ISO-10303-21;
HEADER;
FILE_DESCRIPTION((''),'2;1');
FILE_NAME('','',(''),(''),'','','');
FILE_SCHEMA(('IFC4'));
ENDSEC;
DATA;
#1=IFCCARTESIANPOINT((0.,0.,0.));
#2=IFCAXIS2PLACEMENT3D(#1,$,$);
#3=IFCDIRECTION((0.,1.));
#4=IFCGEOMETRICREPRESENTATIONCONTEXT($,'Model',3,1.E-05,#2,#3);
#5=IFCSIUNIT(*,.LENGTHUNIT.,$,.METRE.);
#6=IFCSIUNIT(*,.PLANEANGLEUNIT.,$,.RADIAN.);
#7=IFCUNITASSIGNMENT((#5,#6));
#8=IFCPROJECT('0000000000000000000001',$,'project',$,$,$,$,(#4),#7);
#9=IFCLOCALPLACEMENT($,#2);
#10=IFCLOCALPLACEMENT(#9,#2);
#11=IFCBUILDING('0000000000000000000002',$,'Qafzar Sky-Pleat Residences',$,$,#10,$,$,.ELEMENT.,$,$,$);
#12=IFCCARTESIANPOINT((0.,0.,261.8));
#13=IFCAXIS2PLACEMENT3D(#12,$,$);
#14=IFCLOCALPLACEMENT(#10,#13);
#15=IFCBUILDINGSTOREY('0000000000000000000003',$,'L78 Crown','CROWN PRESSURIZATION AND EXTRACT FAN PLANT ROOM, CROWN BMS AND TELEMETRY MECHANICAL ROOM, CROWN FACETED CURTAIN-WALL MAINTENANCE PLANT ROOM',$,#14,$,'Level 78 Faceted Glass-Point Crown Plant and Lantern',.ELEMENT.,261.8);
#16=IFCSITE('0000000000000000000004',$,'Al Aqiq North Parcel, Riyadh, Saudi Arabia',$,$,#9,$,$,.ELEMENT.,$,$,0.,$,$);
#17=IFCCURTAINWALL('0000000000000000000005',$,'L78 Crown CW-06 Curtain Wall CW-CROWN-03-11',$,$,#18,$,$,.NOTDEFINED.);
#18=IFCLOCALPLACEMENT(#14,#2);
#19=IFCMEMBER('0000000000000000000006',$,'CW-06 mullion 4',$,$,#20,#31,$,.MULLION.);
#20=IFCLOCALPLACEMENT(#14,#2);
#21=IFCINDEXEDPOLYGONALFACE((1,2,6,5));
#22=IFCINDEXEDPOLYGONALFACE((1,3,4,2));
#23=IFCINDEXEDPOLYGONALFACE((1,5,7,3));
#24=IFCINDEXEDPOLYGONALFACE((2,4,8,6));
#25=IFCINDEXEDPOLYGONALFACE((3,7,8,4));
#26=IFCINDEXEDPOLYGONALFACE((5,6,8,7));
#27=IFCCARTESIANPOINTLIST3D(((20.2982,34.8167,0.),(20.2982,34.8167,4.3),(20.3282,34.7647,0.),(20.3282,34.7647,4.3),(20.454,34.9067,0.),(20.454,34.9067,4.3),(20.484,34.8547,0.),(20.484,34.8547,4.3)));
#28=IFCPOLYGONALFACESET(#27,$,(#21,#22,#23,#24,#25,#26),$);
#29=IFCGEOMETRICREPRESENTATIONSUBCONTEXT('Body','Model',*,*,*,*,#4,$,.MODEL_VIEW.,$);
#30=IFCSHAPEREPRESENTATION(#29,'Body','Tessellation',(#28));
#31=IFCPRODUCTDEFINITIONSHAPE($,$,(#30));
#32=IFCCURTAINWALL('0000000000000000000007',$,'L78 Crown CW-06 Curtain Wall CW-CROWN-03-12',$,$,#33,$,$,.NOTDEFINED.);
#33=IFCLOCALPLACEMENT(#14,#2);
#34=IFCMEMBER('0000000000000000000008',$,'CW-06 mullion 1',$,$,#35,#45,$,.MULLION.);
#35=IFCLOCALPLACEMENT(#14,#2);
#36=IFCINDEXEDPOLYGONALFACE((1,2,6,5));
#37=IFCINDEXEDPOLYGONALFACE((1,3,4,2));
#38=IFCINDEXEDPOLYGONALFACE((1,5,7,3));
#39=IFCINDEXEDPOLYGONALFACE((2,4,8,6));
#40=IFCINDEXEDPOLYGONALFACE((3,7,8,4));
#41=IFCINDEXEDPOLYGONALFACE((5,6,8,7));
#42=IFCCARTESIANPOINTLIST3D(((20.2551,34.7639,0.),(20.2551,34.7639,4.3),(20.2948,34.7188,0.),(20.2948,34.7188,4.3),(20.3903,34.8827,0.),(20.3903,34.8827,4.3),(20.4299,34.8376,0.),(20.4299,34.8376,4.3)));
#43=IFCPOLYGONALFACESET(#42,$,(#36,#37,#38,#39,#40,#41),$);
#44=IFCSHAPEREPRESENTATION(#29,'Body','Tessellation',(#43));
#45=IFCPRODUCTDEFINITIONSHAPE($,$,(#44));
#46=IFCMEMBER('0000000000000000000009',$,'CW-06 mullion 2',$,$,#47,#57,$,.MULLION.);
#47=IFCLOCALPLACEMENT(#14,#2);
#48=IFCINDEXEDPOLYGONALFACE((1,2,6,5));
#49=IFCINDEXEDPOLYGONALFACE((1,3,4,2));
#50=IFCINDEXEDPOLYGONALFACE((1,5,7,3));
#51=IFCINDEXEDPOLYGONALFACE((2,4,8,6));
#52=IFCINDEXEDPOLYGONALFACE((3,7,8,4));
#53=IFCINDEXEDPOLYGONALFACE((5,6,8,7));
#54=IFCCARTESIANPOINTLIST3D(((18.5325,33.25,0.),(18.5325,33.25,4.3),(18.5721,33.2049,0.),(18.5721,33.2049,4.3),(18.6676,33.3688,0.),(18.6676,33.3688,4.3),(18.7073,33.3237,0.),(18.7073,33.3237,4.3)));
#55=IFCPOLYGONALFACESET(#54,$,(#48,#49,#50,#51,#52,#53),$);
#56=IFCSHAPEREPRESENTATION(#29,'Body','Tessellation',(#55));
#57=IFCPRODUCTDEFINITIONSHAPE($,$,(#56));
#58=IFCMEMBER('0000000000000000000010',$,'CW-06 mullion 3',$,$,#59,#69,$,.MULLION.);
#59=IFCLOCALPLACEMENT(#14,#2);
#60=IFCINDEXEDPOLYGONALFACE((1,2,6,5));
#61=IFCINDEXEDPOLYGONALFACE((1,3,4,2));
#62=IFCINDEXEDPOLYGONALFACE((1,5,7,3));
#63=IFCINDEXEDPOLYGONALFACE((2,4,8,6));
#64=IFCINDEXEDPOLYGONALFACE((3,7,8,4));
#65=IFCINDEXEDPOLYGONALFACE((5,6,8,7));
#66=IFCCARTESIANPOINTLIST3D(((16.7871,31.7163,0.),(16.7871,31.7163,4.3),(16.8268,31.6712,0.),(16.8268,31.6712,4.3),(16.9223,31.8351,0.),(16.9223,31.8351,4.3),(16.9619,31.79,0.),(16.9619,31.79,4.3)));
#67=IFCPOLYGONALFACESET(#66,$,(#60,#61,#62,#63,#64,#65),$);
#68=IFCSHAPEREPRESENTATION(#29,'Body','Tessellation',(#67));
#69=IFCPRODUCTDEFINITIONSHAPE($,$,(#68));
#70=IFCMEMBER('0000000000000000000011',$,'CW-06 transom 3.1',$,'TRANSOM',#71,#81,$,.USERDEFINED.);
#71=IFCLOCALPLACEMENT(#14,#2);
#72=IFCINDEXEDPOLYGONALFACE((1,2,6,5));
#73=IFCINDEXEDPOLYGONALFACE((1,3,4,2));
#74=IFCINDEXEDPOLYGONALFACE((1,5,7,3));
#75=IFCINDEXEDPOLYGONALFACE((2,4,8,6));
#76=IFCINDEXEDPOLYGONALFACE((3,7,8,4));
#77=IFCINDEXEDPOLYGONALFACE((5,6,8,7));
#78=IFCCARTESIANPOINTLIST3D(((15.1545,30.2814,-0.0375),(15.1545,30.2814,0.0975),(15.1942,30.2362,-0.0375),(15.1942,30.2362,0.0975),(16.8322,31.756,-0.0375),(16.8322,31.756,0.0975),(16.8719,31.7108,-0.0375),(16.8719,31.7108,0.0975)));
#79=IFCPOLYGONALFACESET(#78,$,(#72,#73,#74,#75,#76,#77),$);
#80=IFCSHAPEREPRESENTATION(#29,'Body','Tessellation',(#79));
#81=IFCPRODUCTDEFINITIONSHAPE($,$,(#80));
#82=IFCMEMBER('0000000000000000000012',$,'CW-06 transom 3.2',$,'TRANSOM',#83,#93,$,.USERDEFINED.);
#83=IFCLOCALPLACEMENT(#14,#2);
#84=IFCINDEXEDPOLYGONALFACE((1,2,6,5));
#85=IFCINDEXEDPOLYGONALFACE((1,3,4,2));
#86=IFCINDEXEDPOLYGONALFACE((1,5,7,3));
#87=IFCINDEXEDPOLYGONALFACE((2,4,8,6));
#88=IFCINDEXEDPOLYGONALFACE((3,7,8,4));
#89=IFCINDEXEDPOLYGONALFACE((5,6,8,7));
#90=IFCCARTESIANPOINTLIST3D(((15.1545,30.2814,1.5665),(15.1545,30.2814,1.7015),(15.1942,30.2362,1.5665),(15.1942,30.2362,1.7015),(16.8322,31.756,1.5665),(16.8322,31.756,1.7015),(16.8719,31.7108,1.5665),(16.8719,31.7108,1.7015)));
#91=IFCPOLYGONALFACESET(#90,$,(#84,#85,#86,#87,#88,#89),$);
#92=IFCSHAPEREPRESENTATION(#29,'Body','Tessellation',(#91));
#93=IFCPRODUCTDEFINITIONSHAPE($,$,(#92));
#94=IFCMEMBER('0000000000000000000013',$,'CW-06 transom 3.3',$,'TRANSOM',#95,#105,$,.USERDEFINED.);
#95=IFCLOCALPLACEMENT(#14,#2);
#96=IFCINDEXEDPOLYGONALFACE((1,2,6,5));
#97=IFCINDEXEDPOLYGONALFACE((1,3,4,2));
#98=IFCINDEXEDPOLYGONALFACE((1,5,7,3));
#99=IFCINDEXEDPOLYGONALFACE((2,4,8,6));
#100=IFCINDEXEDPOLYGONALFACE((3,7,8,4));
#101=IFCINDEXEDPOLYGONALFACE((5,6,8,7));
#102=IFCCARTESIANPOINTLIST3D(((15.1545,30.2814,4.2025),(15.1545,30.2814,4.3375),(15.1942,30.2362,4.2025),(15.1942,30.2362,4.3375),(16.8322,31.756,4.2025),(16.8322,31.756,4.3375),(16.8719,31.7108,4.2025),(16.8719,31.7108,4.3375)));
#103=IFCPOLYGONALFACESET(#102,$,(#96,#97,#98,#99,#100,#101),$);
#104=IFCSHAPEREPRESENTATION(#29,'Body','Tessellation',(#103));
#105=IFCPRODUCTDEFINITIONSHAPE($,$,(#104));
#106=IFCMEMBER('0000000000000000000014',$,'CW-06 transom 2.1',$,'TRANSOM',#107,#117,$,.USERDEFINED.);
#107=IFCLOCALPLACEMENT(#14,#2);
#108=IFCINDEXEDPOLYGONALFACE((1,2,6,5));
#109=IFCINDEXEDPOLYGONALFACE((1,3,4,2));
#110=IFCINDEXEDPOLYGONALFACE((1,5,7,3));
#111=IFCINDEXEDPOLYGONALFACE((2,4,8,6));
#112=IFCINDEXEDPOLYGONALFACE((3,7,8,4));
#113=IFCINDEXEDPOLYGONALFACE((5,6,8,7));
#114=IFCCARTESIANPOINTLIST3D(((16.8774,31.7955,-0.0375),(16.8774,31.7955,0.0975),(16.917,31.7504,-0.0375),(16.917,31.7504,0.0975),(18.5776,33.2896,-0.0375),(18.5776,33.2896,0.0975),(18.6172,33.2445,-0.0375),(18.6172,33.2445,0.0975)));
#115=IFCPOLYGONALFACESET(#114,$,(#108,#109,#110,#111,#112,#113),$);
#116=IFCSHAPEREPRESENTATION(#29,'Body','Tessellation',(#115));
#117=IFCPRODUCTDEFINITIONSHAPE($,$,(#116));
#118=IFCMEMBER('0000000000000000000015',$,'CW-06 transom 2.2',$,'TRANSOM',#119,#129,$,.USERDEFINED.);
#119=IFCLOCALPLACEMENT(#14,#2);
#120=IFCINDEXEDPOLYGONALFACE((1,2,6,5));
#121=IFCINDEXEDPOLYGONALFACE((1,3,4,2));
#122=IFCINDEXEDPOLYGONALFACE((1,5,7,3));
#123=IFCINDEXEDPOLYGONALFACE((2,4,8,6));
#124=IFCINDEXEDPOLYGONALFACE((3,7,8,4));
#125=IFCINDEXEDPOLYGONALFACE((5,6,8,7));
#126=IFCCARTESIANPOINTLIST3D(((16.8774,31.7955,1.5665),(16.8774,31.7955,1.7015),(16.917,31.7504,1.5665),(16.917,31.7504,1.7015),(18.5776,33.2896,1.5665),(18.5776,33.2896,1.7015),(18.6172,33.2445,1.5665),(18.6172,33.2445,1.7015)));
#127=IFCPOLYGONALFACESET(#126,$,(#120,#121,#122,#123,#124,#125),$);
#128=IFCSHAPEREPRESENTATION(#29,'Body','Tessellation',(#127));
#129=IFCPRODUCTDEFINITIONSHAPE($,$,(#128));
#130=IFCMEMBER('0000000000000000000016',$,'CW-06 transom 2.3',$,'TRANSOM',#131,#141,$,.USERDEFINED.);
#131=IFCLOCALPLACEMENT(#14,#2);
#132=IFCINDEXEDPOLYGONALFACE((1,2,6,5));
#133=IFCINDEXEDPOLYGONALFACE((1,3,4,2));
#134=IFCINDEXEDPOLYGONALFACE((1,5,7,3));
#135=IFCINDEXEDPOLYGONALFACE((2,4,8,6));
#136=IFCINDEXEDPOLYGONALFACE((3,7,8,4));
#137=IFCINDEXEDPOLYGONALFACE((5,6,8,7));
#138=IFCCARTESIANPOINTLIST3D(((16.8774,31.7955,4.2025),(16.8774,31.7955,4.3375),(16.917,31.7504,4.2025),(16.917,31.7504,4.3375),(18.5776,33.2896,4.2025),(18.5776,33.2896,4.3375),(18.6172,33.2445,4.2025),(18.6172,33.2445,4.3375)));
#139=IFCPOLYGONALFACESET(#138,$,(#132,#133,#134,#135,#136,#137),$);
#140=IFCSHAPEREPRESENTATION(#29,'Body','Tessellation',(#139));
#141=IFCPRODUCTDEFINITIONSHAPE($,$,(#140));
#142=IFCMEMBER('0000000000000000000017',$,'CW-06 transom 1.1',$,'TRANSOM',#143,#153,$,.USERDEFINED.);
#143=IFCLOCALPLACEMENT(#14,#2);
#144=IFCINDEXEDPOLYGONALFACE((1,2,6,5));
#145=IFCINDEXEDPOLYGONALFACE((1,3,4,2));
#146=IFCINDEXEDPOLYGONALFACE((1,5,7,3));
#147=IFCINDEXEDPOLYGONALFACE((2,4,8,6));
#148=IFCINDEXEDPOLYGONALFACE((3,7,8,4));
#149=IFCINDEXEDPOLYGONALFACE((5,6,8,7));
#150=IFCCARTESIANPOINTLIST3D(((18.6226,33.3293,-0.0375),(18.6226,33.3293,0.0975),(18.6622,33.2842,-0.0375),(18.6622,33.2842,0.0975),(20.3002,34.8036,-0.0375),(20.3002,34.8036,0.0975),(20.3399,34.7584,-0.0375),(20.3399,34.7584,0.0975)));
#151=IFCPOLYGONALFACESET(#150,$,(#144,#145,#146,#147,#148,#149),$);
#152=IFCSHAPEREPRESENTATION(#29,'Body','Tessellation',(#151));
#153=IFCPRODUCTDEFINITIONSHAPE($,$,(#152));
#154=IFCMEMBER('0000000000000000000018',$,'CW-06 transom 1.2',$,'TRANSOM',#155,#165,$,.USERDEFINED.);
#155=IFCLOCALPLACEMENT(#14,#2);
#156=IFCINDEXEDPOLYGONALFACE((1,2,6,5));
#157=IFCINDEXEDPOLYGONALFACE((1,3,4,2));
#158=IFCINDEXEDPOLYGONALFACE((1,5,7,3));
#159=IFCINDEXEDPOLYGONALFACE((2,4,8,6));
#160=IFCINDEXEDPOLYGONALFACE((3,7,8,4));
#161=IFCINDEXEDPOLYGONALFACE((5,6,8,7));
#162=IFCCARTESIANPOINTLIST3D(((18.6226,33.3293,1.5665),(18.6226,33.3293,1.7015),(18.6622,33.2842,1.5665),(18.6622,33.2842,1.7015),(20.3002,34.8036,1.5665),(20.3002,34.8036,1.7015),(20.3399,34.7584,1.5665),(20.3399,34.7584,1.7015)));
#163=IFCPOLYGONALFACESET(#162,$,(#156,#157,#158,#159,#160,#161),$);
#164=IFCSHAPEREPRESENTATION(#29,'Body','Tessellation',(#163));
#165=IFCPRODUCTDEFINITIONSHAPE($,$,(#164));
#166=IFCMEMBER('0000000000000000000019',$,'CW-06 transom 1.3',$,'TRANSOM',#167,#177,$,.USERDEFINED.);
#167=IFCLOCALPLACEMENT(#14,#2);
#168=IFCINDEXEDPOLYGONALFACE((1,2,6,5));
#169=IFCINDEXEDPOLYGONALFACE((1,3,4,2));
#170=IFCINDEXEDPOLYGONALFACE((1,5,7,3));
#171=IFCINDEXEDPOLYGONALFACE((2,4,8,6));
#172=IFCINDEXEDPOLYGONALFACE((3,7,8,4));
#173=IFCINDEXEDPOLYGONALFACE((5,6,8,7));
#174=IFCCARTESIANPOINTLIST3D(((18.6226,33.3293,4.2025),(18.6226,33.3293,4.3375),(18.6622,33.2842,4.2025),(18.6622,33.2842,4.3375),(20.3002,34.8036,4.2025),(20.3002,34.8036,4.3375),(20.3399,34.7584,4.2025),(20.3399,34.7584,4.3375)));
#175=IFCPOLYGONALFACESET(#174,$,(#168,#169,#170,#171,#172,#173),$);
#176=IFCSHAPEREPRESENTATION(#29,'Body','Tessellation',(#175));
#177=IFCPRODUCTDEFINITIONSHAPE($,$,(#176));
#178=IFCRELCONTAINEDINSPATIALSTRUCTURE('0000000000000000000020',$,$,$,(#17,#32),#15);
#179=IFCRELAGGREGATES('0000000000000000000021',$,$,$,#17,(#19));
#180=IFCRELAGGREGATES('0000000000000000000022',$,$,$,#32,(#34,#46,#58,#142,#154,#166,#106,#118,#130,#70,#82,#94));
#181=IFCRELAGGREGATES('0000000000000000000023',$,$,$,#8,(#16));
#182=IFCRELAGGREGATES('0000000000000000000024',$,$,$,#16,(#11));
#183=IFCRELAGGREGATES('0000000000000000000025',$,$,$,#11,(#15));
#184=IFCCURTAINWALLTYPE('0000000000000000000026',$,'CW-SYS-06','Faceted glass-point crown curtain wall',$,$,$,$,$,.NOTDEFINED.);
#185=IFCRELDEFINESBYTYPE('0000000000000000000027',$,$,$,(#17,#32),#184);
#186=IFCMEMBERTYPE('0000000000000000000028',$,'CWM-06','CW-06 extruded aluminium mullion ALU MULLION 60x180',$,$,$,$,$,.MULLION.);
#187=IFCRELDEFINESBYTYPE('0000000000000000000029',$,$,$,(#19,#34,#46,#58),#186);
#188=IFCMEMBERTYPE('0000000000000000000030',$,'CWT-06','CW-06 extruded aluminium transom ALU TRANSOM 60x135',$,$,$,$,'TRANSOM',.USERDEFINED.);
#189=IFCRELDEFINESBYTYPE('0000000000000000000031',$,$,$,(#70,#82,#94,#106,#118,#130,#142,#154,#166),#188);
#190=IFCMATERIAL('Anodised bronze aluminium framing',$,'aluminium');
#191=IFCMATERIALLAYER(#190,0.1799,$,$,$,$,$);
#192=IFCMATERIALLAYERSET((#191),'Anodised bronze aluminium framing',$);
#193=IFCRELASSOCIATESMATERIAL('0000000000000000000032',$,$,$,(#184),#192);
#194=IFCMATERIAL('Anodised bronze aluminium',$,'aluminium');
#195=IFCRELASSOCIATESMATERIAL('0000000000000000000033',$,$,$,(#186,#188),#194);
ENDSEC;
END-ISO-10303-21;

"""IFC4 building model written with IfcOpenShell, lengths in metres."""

from ifc_helpers import new_model, si_unit, direction, frame, origin, origin_2d, place, context, subcontext, project, spatial, rectangle, extrude, source, transform, mapped, material, layer, layer_set, material_profile, profile_set, type_object, element, aggregate, save


model = new_model("IFC4")

# Units and contexts
model_context = context("Model", 3, precision=1e-05, world=origin(), true_north=direction((0.0, 1.0)))
body_context = subcontext(model_context, "Body", "Model", "MODEL_VIEW")
ifc_project = project(units=[si_unit("LENGTHUNIT", "METRE"), si_unit("PLANEANGLEUNIT", "RADIAN")], contexts=[model_context])

# Site, building, storey
site_placement = place(None, origin())
site = spatial("IfcSite", under=ifc_project, at=site_placement, Name="Al Aqiq North Parcel, Riyadh, Saudi Arabia", CompositionType="ELEMENT", RefElevation=0.0)
building_placement = place(site_placement, origin())
building = spatial("IfcBuilding", under=site, at=building_placement, Name="Qafzar Sky-Pleat Residences", CompositionType="ELEMENT")
storey_placement = place(building_placement, frame((0.0, 0.0, 261.8)))
storey = spatial("IfcBuildingStorey", under=building, at=storey_placement, Name="L78 Crown", Description="CROWN PRESSURIZATION AND EXTRACT FAN PLANT ROOM, CROWN BMS AND TELEMETRY MECHANICAL ROOM, CROWN FACETED CURTAIN-WALL MAINTENANCE PLANT ROOM", LongName="Level 78 Faceted Glass-Point Crown Plant and Lantern", CompositionType="ELEMENT", Elevation=261.8)

# Curtain wall, member
ifc_material_1 = material(Name="Anodised bronze aluminium framing", Category="aluminium")
ifc_layer_1 = layer(ifc_material_1, 0.1799)
ifc_layer_set_1 = layer_set([ifc_layer_1], Name="Anodised bronze aluminium framing")
curtain_wall_type = type_object("IfcCurtainWallType", Name="CW-SYS-06", Description="Faceted glass-point crown curtain wall", PredefinedType="NOTDEFINED", material=ifc_layer_set_1)
curtain_wall_1_placement = place(storey_placement, origin())
curtain_wall_1 = element("IfcCurtainWall", 1, at=curtain_wall_1_placement, inside=storey, type_object=curtain_wall_type, Name="L78 Crown CW-06 Curtain Wall CW-CROWN-03-11", PredefinedType="NOTDEFINED")
ifc_material_2 = material(Name="Anodised bronze aluminium", Category="aluminium")
ifc_material_profile_1 = material_profile(ifc_material_2, rectangle(XDim=0.0601, YDim=0.1799, at=origin_2d()), Name="ALU MULLION 60x180")
ifc_profile_set_1 = profile_set([ifc_material_profile_1], Name="Anodised bronze aluminium")
member_type_1 = type_object("IfcMemberType", Name="CWM-06", Description="CW-06 extruded aluminium mullion ALU MULLION 60x180", PredefinedType="MULLION", material=ifc_profile_set_1)
shared_shape_1 = source(origin(), body_context, "Body", "SweptSolid", [
    extrude(rectangle(XDim=0.0601, YDim=0.1799, at=origin_2d()), origin(), (0.0, 0.0, 1.0), 4.3),
])
member_1_placement = place(storey_placement, frame((20.3911, 34.8357, 0.0), z_axis=(0.0, 0.0, 1.0), x_axis=(0.499993, -0.86603, 0.0)))
member_1 = element("IfcMember", 2, at=member_1_placement, type_object=member_type_1, Name="CW-06 mullion 4", PredefinedType="MULLION", context=body_context, shape_type="MappedRepresentation", body=[
    mapped(shared_shape_1, transform((0.0, 0.0, 0.0), x_axis=(1.0, 0.0, 0.0), y_axis=(0.0, 1.0, 0.0), z_axis=(0.0, 0.0, 1.0), scale=1.0)),
])
aggregate(curtain_wall_1, [member_1])

# Curtain wall, members
curtain_wall_2_placement = place(storey_placement, origin())
curtain_wall_2 = element("IfcCurtainWall", 3, at=curtain_wall_2_placement, inside=storey, type_object=curtain_wall_type, Name="L78 Crown CW-06 Curtain Wall CW-CROWN-03-12", PredefinedType="NOTDEFINED")
member_2_placement = place(storey_placement, frame((20.3425, 34.8008, 0.0), z_axis=(0.0, 0.0, 1.0), x_axis=(0.660134, -0.751148, 0.0)))
member_2 = element("IfcMember", 4, at=member_2_placement, type_object=member_type_1, Name="CW-06 mullion 1", PredefinedType="MULLION", context=body_context, shape_type="MappedRepresentation", body=[
    mapped(shared_shape_1, transform((0.0, 0.0, 0.0), x_axis=(1.0, 0.0, 0.0), y_axis=(0.0, 1.0, 0.0), z_axis=(0.0, 0.0, 1.0), scale=1.0)),
])
member_3_placement = place(storey_placement, frame((18.6199, 33.2869, 0.0), z_axis=(0.0, 0.0, 1.0), x_axis=(0.660134, -0.751148, 0.0)))
member_3 = element("IfcMember", 5, at=member_3_placement, type_object=member_type_1, Name="CW-06 mullion 2", PredefinedType="MULLION", context=body_context, shape_type="MappedRepresentation", body=[
    mapped(shared_shape_1, transform((0.0, 0.0, 0.0), x_axis=(1.0, 0.0, 0.0), y_axis=(0.0, 1.0, 0.0), z_axis=(0.0, 0.0, 1.0), scale=1.0)),
])
member_4_placement = place(storey_placement, frame((16.8745, 31.7532, 0.0), z_axis=(0.0, 0.0, 1.0), x_axis=(0.660134, -0.751148, 0.0)))
member_4 = element("IfcMember", 6, at=member_4_placement, type_object=member_type_1, Name="CW-06 mullion 3", PredefinedType="MULLION", context=body_context, shape_type="MappedRepresentation", body=[
    mapped(shared_shape_1, transform((0.0, 0.0, 0.0), x_axis=(1.0, 0.0, 0.0), y_axis=(0.0, 1.0, 0.0), z_axis=(0.0, 0.0, 1.0), scale=1.0)),
])
ifc_material_profile_2 = material_profile(ifc_material_2, rectangle(XDim=0.0601, YDim=0.135, at=origin_2d()), Name="ALU TRANSOM 60x135")
ifc_profile_set_2 = profile_set([ifc_material_profile_2], Name="Anodised bronze aluminium")
member_type_2 = type_object("IfcMemberType", Name="CWT-06", Description="CW-06 extruded aluminium transom ALU TRANSOM 60x135", ElementType="TRANSOM", PredefinedType="USERDEFINED", material=ifc_profile_set_2)
shared_shape_2 = source(origin(), body_context, "Body", "SweptSolid", [
    extrude(rectangle(XDim=0.0601, YDim=0.135, at=origin_2d()), origin(), (0.0, 0.0, 1.0), 2.2336),
])
member_5_placement = place(storey_placement, frame((16.8521, 31.7334, 0.03), z_axis=(-0.751112, -0.660174, 0.0), x_axis=(0.660174, -0.751112, 0.0)))
member_5 = element("IfcMember", 7, at=member_5_placement, type_object=member_type_2, Name="CW-06 transom 3.1", ObjectType="TRANSOM", PredefinedType="USERDEFINED", context=body_context, shape_type="MappedRepresentation", body=[
    mapped(shared_shape_2, transform((0.0, 0.0, 0.0), x_axis=(1.0, 0.0, 0.0), y_axis=(0.0, 1.0, 0.0), z_axis=(0.0, 0.0, 1.0), scale=1.0)),
])
member_6_placement = place(storey_placement, frame((16.8521, 31.7334, 1.634), z_axis=(-0.751112, -0.660174, 0.0), x_axis=(0.660174, -0.751112, 0.0)))
member_6 = element("IfcMember", 8, at=member_6_placement, type_object=member_type_2, Name="CW-06 transom 3.2", ObjectType="TRANSOM", PredefinedType="USERDEFINED", context=body_context, shape_type="MappedRepresentation", body=[
    mapped(shared_shape_2, transform((0.0, 0.0, 0.0), x_axis=(1.0, 0.0, 0.0), y_axis=(0.0, 1.0, 0.0), z_axis=(0.0, 0.0, 1.0), scale=1.0)),
])
member_7_placement = place(storey_placement, frame((16.8521, 31.7334, 4.27), z_axis=(-0.751112, -0.660174, 0.0), x_axis=(0.660174, -0.751112, 0.0)))
member_7 = element("IfcMember", 9, at=member_7_placement, type_object=member_type_2, Name="CW-06 transom 3.3", ObjectType="TRANSOM", PredefinedType="USERDEFINED", context=body_context, shape_type="MappedRepresentation", body=[
    mapped(shared_shape_2, transform((0.0, 0.0, 0.0), x_axis=(1.0, 0.0, 0.0), y_axis=(0.0, 1.0, 0.0), z_axis=(0.0, 0.0, 1.0), scale=1.0)),
])
shared_shape_3 = source(origin(), body_context, "Body", "SweptSolid", [
    extrude(rectangle(XDim=0.0601, YDim=0.135, at=origin_2d()), origin(), (0.0, 0.0, 1.0), 2.2634),
])
member_8_placement = place(storey_placement, frame((18.5974, 33.2671, 0.03), z_axis=(-0.751158, -0.660122, 0.0), x_axis=(0.660122, -0.751158, 0.0)))
member_8 = element("IfcMember", 10, at=member_8_placement, type_object=member_type_2, Name="CW-06 transom 2.1", ObjectType="TRANSOM", PredefinedType="USERDEFINED", context=body_context, shape_type="MappedRepresentation", body=[
    mapped(shared_shape_3, transform((0.0, 0.0, 0.0), x_axis=(1.0, 0.0, 0.0), y_axis=(0.0, 1.0, 0.0), z_axis=(0.0, 0.0, 1.0), scale=1.0)),
])
member_9_placement = place(storey_placement, frame((18.5974, 33.2671, 1.634), z_axis=(-0.751158, -0.660122, 0.0), x_axis=(0.660122, -0.751158, 0.0)))
member_9 = element("IfcMember", 11, at=member_9_placement, type_object=member_type_2, Name="CW-06 transom 2.2", ObjectType="TRANSOM", PredefinedType="USERDEFINED", context=body_context, shape_type="MappedRepresentation", body=[
    mapped(shared_shape_3, transform((0.0, 0.0, 0.0), x_axis=(1.0, 0.0, 0.0), y_axis=(0.0, 1.0, 0.0), z_axis=(0.0, 0.0, 1.0), scale=1.0)),
])
member_10_placement = place(storey_placement, frame((18.5974, 33.2671, 4.27), z_axis=(-0.751158, -0.660122, 0.0), x_axis=(0.660122, -0.751158, 0.0)))
member_10 = element("IfcMember", 12, at=member_10_placement, type_object=member_type_2, Name="CW-06 transom 2.3", ObjectType="TRANSOM", PredefinedType="USERDEFINED", context=body_context, shape_type="MappedRepresentation", body=[
    mapped(shared_shape_3, transform((0.0, 0.0, 0.0), x_axis=(1.0, 0.0, 0.0), y_axis=(0.0, 1.0, 0.0), z_axis=(0.0, 0.0, 1.0), scale=1.0)),
])
shared_shape_4 = source(origin(), body_context, "Body", "SweptSolid", [
    extrude(rectangle(XDim=0.0601, YDim=0.135, at=origin_2d()), origin(), (0.0, 0.0, 1.0), 2.2334),
])
member_11_placement = place(storey_placement, frame((20.3201, 34.781, 0.03), z_axis=(-0.751167, -0.660113, 0.0), x_axis=(0.660113, -0.751167, 0.0)))
member_11 = element("IfcMember", 13, at=member_11_placement, type_object=member_type_2, Name="CW-06 transom 1.1", ObjectType="TRANSOM", PredefinedType="USERDEFINED", context=body_context, shape_type="MappedRepresentation", body=[
    mapped(shared_shape_4, transform((0.0, 0.0, 0.0), x_axis=(1.0, 0.0, 0.0), y_axis=(0.0, 1.0, 0.0), z_axis=(0.0, 0.0, 1.0), scale=1.0)),
])
member_12_placement = place(storey_placement, frame((20.3201, 34.781, 1.634), z_axis=(-0.751167, -0.660113, 0.0), x_axis=(0.660113, -0.751167, 0.0)))
member_12 = element("IfcMember", 14, at=member_12_placement, type_object=member_type_2, Name="CW-06 transom 1.2", ObjectType="TRANSOM", PredefinedType="USERDEFINED", context=body_context, shape_type="MappedRepresentation", body=[
    mapped(shared_shape_4, transform((0.0, 0.0, 0.0), x_axis=(1.0, 0.0, 0.0), y_axis=(0.0, 1.0, 0.0), z_axis=(0.0, 0.0, 1.0), scale=1.0)),
])
member_13_placement = place(storey_placement, frame((20.3201, 34.781, 4.27), z_axis=(-0.751167, -0.660113, 0.0), x_axis=(0.660113, -0.751167, 0.0)))
member_13 = element("IfcMember", 15, at=member_13_placement, type_object=member_type_2, Name="CW-06 transom 1.3", ObjectType="TRANSOM", PredefinedType="USERDEFINED", context=body_context, shape_type="MappedRepresentation", body=[
    mapped(shared_shape_4, transform((0.0, 0.0, 0.0), x_axis=(1.0, 0.0, 0.0), y_axis=(0.0, 1.0, 0.0), z_axis=(0.0, 0.0, 1.0), scale=1.0)),
])
aggregate(curtain_wall_2, [member_2, member_3, member_4, member_11, member_12, member_13, member_8, member_9, member_10, member_5, member_6, member_7])

save(model, "model.ifc")
